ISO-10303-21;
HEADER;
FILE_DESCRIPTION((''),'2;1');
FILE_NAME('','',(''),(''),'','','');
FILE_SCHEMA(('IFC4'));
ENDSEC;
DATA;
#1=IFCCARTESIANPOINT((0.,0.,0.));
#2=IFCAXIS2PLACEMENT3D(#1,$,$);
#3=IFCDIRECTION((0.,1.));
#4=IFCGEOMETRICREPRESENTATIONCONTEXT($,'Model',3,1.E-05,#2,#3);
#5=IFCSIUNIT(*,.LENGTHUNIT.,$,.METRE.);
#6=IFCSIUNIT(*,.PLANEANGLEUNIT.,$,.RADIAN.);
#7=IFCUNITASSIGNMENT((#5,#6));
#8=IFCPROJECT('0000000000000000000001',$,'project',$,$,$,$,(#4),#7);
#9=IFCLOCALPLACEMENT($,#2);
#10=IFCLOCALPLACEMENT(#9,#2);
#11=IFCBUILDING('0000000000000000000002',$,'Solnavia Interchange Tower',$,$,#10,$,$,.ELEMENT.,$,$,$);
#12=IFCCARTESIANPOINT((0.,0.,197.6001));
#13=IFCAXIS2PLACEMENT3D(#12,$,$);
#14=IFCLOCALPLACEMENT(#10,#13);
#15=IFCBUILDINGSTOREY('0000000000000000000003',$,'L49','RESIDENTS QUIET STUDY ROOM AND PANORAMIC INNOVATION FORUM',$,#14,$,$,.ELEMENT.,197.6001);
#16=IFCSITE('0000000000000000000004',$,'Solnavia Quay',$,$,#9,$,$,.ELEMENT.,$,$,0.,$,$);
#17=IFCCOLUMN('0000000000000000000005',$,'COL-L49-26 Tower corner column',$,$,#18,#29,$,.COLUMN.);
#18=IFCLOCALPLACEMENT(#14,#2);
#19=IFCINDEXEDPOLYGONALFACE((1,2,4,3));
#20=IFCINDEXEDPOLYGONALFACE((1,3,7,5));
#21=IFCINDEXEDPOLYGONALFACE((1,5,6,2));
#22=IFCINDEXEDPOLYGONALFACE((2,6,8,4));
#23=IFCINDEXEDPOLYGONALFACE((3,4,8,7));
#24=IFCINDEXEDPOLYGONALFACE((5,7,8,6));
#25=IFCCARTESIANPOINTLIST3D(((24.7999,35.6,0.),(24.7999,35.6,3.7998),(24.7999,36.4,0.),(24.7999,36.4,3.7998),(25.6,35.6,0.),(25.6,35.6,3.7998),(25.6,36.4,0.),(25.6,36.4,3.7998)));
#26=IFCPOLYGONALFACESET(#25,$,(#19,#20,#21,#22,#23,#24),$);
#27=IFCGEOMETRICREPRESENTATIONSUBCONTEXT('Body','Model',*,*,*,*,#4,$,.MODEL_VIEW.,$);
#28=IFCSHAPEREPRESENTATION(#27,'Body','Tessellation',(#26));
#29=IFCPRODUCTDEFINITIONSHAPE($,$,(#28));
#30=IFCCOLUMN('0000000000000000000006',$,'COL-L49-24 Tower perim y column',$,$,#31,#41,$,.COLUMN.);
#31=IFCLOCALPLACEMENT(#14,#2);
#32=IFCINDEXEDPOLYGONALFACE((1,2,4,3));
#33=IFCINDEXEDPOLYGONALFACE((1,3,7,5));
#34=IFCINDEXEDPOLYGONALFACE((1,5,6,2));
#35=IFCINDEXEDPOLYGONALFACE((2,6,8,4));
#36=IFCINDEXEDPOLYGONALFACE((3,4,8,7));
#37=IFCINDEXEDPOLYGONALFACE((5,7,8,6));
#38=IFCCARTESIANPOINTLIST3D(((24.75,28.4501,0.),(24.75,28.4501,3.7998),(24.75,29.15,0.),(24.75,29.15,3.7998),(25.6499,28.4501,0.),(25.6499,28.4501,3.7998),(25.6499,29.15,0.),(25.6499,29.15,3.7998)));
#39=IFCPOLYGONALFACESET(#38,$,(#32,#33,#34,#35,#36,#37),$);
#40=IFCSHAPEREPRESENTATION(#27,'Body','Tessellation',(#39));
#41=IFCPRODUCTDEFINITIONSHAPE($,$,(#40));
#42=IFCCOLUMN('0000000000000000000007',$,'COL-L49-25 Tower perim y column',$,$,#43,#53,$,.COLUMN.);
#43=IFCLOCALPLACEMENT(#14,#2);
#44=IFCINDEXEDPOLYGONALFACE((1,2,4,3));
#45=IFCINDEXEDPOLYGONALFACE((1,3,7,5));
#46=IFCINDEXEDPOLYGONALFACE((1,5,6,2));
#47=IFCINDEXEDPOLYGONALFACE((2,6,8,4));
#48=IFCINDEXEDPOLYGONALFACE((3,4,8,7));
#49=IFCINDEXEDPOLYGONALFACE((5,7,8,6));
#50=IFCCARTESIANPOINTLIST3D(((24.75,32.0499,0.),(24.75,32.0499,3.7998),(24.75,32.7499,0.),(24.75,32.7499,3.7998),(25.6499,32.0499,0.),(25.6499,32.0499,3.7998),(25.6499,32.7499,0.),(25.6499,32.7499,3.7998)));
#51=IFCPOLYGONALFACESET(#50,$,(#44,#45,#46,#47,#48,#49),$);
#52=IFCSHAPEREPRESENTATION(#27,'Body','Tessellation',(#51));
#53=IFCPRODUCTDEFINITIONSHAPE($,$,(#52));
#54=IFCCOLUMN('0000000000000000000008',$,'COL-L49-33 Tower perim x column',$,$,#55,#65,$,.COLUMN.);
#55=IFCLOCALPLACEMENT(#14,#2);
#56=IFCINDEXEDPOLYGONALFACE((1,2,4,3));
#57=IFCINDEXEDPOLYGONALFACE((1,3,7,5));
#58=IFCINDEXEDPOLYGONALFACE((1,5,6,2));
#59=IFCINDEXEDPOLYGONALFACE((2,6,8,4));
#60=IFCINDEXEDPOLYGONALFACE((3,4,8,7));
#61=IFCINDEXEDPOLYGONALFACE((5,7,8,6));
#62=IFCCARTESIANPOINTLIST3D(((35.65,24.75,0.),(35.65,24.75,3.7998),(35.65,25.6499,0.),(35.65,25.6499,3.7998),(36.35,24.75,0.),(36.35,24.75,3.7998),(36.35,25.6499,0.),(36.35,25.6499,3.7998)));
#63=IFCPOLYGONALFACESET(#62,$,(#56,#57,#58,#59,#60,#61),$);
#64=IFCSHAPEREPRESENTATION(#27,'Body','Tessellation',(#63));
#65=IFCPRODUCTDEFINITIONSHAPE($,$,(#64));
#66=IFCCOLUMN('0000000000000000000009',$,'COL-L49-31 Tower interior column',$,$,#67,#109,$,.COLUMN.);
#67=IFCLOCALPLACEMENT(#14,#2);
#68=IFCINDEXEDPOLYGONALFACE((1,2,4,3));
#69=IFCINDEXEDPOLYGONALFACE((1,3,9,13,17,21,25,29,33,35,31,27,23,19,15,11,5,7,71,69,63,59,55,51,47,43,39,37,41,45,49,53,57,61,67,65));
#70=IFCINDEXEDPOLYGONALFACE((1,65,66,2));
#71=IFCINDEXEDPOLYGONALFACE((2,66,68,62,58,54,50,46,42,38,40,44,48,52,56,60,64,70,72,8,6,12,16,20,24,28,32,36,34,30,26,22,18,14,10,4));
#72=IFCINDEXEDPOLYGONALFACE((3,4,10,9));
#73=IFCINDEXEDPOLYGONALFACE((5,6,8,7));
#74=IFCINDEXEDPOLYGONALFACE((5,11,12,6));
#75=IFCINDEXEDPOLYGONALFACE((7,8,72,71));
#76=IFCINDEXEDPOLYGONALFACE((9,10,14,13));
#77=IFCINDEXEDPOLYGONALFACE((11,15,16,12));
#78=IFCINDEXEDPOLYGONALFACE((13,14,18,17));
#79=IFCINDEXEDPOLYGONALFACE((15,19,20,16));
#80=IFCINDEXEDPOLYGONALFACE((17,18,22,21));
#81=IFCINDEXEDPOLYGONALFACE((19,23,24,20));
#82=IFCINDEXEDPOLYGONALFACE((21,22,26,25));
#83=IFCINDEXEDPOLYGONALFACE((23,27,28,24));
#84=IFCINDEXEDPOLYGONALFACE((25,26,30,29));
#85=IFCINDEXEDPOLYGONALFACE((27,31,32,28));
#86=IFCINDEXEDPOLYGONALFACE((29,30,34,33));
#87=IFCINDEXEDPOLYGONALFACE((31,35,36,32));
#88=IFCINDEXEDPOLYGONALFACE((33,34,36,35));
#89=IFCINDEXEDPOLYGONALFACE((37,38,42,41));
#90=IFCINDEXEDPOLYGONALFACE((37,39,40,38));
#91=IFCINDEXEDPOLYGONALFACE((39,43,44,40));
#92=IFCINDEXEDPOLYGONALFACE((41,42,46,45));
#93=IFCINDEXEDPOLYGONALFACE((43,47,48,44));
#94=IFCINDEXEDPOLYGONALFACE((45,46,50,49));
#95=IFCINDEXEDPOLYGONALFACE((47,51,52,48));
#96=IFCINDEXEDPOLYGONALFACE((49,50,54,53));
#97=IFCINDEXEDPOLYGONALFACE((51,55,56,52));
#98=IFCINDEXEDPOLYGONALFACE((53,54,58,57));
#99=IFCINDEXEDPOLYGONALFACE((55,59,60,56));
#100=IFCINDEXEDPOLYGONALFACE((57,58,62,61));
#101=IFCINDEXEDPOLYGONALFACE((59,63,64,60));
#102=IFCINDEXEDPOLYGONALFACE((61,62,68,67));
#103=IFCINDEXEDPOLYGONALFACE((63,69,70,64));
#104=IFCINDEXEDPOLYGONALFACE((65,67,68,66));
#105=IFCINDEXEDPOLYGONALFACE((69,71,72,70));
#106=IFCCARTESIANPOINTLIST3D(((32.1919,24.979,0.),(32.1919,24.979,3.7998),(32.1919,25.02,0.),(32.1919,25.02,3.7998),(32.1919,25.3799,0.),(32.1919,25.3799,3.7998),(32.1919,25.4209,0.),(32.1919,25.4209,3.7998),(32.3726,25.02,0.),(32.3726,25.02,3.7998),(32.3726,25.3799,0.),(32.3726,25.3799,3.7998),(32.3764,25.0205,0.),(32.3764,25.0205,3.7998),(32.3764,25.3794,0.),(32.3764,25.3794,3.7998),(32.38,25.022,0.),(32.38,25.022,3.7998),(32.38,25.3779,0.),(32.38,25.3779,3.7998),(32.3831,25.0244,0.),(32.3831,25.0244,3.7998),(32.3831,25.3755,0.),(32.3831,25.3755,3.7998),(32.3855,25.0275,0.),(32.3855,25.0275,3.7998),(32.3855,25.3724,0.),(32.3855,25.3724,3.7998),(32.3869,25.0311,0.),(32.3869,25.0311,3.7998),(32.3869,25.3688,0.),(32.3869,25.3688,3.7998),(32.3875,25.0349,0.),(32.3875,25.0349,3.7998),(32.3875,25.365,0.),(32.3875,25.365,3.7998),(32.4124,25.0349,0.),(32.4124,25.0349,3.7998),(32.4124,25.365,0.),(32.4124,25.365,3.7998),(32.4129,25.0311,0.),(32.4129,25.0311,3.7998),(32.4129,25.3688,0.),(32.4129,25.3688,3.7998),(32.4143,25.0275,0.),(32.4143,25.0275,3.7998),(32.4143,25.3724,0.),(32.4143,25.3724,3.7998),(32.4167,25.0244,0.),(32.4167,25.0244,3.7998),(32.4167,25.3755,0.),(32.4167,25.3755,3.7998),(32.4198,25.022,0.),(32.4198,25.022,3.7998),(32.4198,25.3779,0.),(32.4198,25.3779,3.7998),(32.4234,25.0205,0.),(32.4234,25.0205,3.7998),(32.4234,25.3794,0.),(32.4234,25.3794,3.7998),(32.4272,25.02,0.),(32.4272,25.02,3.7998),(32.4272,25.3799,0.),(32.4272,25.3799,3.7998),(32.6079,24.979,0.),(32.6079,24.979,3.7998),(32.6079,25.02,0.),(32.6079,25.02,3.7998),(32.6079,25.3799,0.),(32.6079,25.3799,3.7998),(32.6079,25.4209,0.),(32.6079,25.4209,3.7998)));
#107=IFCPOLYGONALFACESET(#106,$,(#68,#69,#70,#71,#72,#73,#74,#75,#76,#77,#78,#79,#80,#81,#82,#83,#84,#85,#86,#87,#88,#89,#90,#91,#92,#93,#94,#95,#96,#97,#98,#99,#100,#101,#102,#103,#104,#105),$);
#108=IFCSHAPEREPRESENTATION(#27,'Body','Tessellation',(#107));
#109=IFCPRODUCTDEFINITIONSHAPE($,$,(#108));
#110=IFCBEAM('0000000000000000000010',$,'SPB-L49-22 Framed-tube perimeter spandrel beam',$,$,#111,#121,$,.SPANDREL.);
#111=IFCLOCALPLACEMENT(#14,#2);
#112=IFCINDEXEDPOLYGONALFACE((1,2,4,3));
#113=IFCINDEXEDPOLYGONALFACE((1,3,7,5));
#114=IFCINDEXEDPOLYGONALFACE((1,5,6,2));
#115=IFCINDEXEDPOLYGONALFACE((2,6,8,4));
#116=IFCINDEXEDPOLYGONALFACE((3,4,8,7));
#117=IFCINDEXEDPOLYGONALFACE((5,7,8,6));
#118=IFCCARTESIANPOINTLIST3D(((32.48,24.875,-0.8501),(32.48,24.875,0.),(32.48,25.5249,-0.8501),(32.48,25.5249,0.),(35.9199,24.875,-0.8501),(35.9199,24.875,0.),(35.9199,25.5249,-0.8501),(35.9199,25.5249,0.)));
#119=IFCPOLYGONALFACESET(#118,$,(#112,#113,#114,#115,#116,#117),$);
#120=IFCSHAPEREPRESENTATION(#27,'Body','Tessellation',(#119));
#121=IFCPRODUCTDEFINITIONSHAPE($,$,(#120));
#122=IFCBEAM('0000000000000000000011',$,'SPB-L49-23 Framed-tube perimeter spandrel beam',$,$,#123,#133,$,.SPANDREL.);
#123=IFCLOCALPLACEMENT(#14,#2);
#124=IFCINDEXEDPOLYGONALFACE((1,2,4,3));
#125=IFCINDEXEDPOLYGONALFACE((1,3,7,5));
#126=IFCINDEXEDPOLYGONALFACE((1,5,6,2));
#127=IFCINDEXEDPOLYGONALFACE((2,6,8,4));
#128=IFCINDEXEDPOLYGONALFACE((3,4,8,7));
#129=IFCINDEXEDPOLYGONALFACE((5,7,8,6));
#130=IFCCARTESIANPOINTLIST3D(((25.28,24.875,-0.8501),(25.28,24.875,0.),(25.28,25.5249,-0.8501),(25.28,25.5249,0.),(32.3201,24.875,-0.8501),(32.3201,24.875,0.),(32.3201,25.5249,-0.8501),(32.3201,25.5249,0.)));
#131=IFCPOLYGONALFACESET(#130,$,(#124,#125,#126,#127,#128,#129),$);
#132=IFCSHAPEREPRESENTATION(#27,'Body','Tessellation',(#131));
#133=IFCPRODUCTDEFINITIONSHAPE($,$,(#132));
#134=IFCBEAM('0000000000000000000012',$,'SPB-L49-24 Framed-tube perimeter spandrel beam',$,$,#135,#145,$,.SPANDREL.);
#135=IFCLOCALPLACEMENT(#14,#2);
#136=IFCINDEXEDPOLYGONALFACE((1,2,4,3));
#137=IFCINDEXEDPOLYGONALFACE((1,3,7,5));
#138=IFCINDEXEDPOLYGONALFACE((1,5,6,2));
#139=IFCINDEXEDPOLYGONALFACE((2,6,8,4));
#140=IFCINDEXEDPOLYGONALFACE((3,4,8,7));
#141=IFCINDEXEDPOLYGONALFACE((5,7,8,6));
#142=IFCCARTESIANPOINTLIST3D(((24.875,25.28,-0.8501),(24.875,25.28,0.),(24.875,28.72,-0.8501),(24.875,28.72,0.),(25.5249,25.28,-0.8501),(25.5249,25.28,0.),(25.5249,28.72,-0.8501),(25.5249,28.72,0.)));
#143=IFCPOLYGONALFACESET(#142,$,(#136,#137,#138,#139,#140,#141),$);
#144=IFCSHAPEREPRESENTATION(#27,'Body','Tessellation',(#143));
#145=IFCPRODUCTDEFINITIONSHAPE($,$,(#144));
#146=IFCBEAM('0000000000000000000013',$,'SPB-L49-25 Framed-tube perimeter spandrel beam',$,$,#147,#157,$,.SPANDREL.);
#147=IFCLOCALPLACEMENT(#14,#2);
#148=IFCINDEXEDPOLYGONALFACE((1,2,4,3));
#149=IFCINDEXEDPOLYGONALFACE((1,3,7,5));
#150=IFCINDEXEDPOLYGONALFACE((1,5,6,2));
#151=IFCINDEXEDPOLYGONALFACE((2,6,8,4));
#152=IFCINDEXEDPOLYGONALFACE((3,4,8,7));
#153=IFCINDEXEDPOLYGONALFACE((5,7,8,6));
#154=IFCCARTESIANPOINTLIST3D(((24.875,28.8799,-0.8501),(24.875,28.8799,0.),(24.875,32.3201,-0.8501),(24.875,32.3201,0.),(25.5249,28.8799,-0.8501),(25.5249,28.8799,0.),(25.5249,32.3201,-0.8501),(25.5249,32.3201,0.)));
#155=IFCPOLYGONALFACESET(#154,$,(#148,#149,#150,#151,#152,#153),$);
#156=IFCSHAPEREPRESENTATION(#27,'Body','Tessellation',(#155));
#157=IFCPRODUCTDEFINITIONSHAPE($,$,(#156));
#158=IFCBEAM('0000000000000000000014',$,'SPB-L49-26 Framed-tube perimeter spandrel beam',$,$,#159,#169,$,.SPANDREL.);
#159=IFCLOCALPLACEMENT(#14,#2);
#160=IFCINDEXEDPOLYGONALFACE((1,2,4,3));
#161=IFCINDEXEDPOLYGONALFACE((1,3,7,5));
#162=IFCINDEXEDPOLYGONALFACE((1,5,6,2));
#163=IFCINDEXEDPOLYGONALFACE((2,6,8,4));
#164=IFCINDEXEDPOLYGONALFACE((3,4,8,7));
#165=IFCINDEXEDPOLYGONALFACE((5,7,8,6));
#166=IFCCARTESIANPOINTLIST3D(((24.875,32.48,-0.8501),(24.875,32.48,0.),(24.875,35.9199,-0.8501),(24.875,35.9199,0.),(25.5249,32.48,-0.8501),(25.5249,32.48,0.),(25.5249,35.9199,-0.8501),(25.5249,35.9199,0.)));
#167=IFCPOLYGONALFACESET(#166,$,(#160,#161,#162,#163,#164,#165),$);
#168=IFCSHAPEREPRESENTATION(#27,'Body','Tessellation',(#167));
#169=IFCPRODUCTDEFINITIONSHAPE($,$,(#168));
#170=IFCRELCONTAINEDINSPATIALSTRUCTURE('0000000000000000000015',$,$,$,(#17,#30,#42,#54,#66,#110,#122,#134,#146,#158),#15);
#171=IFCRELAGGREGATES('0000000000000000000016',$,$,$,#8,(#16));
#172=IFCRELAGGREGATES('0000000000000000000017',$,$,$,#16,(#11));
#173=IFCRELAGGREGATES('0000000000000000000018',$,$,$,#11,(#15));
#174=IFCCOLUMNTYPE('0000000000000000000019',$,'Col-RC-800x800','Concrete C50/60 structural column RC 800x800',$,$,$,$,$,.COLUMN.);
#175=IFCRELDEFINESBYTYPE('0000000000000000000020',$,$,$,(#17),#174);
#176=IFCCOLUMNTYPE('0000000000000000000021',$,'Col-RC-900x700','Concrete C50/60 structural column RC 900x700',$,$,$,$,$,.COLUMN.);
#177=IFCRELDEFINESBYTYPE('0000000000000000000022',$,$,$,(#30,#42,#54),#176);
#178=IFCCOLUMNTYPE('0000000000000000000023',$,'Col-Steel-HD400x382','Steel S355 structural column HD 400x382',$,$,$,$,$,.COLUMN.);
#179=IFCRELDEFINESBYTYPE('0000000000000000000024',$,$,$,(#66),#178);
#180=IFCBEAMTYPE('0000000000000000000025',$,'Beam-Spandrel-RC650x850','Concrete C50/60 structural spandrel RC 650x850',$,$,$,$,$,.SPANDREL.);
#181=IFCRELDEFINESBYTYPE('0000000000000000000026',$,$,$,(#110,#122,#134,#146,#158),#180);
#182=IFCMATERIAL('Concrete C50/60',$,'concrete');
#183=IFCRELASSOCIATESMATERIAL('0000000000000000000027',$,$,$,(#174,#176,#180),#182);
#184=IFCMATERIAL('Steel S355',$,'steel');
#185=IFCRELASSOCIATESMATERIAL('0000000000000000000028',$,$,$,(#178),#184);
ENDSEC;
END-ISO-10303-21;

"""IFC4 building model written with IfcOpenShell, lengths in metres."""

from ifc_helpers import new_model, si_unit, direction, frame, origin, origin_2d, place, context, subcontext, project, spatial, rectangle, i_section, extrude, material, material_profile, profile_set, type_object, element, save


model = new_model("IFC4")

# Units and contexts
model_context = context("Model", 3, precision=1e-05, world=origin(), true_north=direction((0.0, 1.0)))
body_context = subcontext(model_context, "Body", "Model", "MODEL_VIEW")
ifc_project = project(units=[si_unit("LENGTHUNIT", "METRE"), si_unit("PLANEANGLEUNIT", "RADIAN")], contexts=[model_context])

# Site, building, storey
site_placement = place(None, origin())
site = spatial("IfcSite", under=ifc_project, at=site_placement, Name="Solnavia Quay", CompositionType="ELEMENT", RefElevation=0.0)
building_placement = place(site_placement, origin())
building = spatial("IfcBuilding", under=site, at=building_placement, Name="Solnavia Interchange Tower", CompositionType="ELEMENT")
storey_placement = place(building_placement, frame((0.0, 0.0, 197.6001)))
storey = spatial("IfcBuildingStorey", under=building, at=storey_placement, Name="L49", Description="RESIDENTS QUIET STUDY ROOM AND PANORAMIC INNOVATION FORUM", CompositionType="ELEMENT", Elevation=197.6001)

# Columns
ifc_material_1 = material(Name="Concrete C50/60", Category="concrete")
ifc_material_profile_1 = material_profile(ifc_material_1, rectangle(XDim=0.8, YDim=0.8, at=origin_2d()), Name="RC 800x800")
ifc_profile_set_1 = profile_set([ifc_material_profile_1], Name="Concrete C50/60")
column_type_1 = type_object("IfcColumnType", Name="Col-RC-800x800", Description="Concrete C50/60 structural column RC 800x800", PredefinedType="COLUMN", material=ifc_profile_set_1)
column_1_placement = place(storey_placement, frame((25.2, 36.0, 0.0), z_axis=(0.0, 0.0, 1.0), x_axis=(0.0, 1.0, 0.0)))
element("IfcColumn", 1, at=column_1_placement, inside=storey, type_object=column_type_1, Name="COL-L49-26 Tower corner column", PredefinedType="COLUMN", context=body_context, shape_type="SweptSolid", body=[
    extrude(rectangle(XDim=0.8, YDim=0.8, at=origin_2d()), origin(), (0.0, 0.0, 1.0), 3.7998),
])
ifc_material_profile_2 = material_profile(ifc_material_1, rectangle(XDim=0.7, YDim=0.8999, at=origin_2d()), Name="RC 900x700")
ifc_profile_set_2 = profile_set([ifc_material_profile_2], Name="Concrete C50/60")
column_type_2 = type_object("IfcColumnType", Name="Col-RC-900x700", Description="Concrete C50/60 structural column RC 900x700", PredefinedType="COLUMN", material=ifc_profile_set_2)
for number, where, z_axis, x_axis, name in (
    (2, (25.2, 28.8, 0.0), (0.0, 0.0, 1.0), (0.0, 1.0, 0.0), "COL-L49-24 Tower perim y column"),
    (3, (25.2, 32.3999, 0.0), (0.0, 0.0, 1.0), (0.0, 1.0, 0.0), "COL-L49-25 Tower perim y column"),
    (4, (36.0, 25.2, 0.0), (0.0, 0.0, 1.0), (1.0, 0.0, 0.0), "COL-L49-33 Tower perim x column"),
):
    element("IfcColumn", number, at=place(storey_placement, frame(where, z_axis=z_axis, x_axis=x_axis)), inside=storey, type_object=column_type_2, Name=name, PredefinedType="COLUMN", context=body_context, shape_type="SweptSolid", body=[
        extrude(rectangle(XDim=0.7, YDim=0.8999, at=origin_2d()), origin(), (0.0, 0.0, 1.0), 3.7998),
    ])
ifc_material_2 = material(Name="Steel S355", Category="steel")
ifc_material_profile_3 = material_profile(ifc_material_2, i_section(OverallWidth=0.416, OverallDepth=0.4419, WebThickness=0.0249, FlangeThickness=0.041, FilletRadius=0.0149, at=origin_2d()), Name="HD 400x382")
ifc_profile_set_3 = profile_set([ifc_material_profile_3], Name="Steel S355")
column_type_3 = type_object("IfcColumnType", Name="Col-Steel-HD400x382", Description="Steel S355 structural column HD 400x382", PredefinedType="COLUMN", material=ifc_profile_set_3)
column_2_placement = place(storey_placement, frame((32.3999, 25.2, 0.0), z_axis=(0.0, 0.0, 1.0), x_axis=(1.0, 0.0, 0.0)))
element("IfcColumn", 5, at=column_2_placement, inside=storey, type_object=column_type_3, Name="COL-L49-31 Tower interior column", PredefinedType="COLUMN", context=body_context, shape_type="SweptSolid", body=[
    extrude(i_section(OverallWidth=0.416, OverallDepth=0.4419, WebThickness=0.0249, FlangeThickness=0.041, FilletRadius=0.0149, at=origin_2d()), origin(), (0.0, 0.0, 1.0), 3.7998),
])

# Beams
ifc_material_profile_4 = material_profile(ifc_material_1, rectangle(XDim=0.6499, YDim=0.8501, at=origin_2d()), Name="RC 650x850")
ifc_profile_set_4 = profile_set([ifc_material_profile_4], Name="Concrete C50/60")
beam_type = type_object("IfcBeamType", Name="Beam-Spandrel-RC650x850", Description="Concrete C50/60 structural spandrel RC 650x850", PredefinedType="SPANDREL", material=ifc_profile_set_4)
beam_1_placement = place(storey_placement, frame((35.9199, 25.2, -0.425), z_axis=(-1.0, 0.0, 0.0), x_axis=(0.0, -1.0, 0.0)))
element("IfcBeam", 6, at=beam_1_placement, inside=storey, type_object=beam_type, Name="SPB-L49-22 Framed-tube perimeter spandrel beam", PredefinedType="SPANDREL", context=body_context, shape_type="SweptSolid", body=[
    extrude(rectangle(XDim=0.6499, YDim=0.8501, at=origin_2d()), origin(), (0.0, 0.0, 1.0), 3.4399),
])
beam_2_placement = place(storey_placement, frame((32.3201, 25.2, -0.425), z_axis=(-1.0, 0.0, 0.0), x_axis=(0.0, -1.0, 0.0)))
element("IfcBeam", 7, at=beam_2_placement, inside=storey, type_object=beam_type, Name="SPB-L49-23 Framed-tube perimeter spandrel beam", PredefinedType="SPANDREL", context=body_context, shape_type="SweptSolid", body=[
    extrude(rectangle(XDim=0.6499, YDim=0.8501, at=origin_2d()), origin(), (0.0, 0.0, 1.0), 7.04),
])
beam_3_placement = place(storey_placement, frame((25.2, 25.28, -0.425), z_axis=(0.0, 1.0, 0.0), x_axis=(-1.0, 0.0, 0.0)))
element("IfcBeam", 8, at=beam_3_placement, inside=storey, type_object=beam_type, Name="SPB-L49-24 Framed-tube perimeter spandrel beam", PredefinedType="SPANDREL", context=body_context, shape_type="SweptSolid", body=[
    extrude(rectangle(XDim=0.6499, YDim=0.8501, at=origin_2d()), origin(), (0.0, 0.0, 1.0), 3.4399),
])
beam_4_placement = place(storey_placement, frame((25.2, 28.8799, -0.425), z_axis=(0.0, 1.0, 0.0), x_axis=(-1.0, 0.0, 0.0)))
element("IfcBeam", 9, at=beam_4_placement, inside=storey, type_object=beam_type, Name="SPB-L49-25 Framed-tube perimeter spandrel beam", PredefinedType="SPANDREL", context=body_context, shape_type="SweptSolid", body=[
    extrude(rectangle(XDim=0.6499, YDim=0.8501, at=origin_2d()), origin(), (0.0, 0.0, 1.0), 3.4402),
])
beam_5_placement = place(storey_placement, frame((25.2, 32.48, -0.425), z_axis=(0.0, 1.0, 0.0), x_axis=(-1.0, 0.0, 0.0)))
element("IfcBeam", 10, at=beam_5_placement, inside=storey, type_object=beam_type, Name="SPB-L49-26 Framed-tube perimeter spandrel beam", PredefinedType="SPANDREL", context=body_context, shape_type="SweptSolid", body=[
    extrude(rectangle(XDim=0.6499, YDim=0.8501, at=origin_2d()), origin(), (0.0, 0.0, 1.0), 3.4399),
])

save(model, "model.ifc")
